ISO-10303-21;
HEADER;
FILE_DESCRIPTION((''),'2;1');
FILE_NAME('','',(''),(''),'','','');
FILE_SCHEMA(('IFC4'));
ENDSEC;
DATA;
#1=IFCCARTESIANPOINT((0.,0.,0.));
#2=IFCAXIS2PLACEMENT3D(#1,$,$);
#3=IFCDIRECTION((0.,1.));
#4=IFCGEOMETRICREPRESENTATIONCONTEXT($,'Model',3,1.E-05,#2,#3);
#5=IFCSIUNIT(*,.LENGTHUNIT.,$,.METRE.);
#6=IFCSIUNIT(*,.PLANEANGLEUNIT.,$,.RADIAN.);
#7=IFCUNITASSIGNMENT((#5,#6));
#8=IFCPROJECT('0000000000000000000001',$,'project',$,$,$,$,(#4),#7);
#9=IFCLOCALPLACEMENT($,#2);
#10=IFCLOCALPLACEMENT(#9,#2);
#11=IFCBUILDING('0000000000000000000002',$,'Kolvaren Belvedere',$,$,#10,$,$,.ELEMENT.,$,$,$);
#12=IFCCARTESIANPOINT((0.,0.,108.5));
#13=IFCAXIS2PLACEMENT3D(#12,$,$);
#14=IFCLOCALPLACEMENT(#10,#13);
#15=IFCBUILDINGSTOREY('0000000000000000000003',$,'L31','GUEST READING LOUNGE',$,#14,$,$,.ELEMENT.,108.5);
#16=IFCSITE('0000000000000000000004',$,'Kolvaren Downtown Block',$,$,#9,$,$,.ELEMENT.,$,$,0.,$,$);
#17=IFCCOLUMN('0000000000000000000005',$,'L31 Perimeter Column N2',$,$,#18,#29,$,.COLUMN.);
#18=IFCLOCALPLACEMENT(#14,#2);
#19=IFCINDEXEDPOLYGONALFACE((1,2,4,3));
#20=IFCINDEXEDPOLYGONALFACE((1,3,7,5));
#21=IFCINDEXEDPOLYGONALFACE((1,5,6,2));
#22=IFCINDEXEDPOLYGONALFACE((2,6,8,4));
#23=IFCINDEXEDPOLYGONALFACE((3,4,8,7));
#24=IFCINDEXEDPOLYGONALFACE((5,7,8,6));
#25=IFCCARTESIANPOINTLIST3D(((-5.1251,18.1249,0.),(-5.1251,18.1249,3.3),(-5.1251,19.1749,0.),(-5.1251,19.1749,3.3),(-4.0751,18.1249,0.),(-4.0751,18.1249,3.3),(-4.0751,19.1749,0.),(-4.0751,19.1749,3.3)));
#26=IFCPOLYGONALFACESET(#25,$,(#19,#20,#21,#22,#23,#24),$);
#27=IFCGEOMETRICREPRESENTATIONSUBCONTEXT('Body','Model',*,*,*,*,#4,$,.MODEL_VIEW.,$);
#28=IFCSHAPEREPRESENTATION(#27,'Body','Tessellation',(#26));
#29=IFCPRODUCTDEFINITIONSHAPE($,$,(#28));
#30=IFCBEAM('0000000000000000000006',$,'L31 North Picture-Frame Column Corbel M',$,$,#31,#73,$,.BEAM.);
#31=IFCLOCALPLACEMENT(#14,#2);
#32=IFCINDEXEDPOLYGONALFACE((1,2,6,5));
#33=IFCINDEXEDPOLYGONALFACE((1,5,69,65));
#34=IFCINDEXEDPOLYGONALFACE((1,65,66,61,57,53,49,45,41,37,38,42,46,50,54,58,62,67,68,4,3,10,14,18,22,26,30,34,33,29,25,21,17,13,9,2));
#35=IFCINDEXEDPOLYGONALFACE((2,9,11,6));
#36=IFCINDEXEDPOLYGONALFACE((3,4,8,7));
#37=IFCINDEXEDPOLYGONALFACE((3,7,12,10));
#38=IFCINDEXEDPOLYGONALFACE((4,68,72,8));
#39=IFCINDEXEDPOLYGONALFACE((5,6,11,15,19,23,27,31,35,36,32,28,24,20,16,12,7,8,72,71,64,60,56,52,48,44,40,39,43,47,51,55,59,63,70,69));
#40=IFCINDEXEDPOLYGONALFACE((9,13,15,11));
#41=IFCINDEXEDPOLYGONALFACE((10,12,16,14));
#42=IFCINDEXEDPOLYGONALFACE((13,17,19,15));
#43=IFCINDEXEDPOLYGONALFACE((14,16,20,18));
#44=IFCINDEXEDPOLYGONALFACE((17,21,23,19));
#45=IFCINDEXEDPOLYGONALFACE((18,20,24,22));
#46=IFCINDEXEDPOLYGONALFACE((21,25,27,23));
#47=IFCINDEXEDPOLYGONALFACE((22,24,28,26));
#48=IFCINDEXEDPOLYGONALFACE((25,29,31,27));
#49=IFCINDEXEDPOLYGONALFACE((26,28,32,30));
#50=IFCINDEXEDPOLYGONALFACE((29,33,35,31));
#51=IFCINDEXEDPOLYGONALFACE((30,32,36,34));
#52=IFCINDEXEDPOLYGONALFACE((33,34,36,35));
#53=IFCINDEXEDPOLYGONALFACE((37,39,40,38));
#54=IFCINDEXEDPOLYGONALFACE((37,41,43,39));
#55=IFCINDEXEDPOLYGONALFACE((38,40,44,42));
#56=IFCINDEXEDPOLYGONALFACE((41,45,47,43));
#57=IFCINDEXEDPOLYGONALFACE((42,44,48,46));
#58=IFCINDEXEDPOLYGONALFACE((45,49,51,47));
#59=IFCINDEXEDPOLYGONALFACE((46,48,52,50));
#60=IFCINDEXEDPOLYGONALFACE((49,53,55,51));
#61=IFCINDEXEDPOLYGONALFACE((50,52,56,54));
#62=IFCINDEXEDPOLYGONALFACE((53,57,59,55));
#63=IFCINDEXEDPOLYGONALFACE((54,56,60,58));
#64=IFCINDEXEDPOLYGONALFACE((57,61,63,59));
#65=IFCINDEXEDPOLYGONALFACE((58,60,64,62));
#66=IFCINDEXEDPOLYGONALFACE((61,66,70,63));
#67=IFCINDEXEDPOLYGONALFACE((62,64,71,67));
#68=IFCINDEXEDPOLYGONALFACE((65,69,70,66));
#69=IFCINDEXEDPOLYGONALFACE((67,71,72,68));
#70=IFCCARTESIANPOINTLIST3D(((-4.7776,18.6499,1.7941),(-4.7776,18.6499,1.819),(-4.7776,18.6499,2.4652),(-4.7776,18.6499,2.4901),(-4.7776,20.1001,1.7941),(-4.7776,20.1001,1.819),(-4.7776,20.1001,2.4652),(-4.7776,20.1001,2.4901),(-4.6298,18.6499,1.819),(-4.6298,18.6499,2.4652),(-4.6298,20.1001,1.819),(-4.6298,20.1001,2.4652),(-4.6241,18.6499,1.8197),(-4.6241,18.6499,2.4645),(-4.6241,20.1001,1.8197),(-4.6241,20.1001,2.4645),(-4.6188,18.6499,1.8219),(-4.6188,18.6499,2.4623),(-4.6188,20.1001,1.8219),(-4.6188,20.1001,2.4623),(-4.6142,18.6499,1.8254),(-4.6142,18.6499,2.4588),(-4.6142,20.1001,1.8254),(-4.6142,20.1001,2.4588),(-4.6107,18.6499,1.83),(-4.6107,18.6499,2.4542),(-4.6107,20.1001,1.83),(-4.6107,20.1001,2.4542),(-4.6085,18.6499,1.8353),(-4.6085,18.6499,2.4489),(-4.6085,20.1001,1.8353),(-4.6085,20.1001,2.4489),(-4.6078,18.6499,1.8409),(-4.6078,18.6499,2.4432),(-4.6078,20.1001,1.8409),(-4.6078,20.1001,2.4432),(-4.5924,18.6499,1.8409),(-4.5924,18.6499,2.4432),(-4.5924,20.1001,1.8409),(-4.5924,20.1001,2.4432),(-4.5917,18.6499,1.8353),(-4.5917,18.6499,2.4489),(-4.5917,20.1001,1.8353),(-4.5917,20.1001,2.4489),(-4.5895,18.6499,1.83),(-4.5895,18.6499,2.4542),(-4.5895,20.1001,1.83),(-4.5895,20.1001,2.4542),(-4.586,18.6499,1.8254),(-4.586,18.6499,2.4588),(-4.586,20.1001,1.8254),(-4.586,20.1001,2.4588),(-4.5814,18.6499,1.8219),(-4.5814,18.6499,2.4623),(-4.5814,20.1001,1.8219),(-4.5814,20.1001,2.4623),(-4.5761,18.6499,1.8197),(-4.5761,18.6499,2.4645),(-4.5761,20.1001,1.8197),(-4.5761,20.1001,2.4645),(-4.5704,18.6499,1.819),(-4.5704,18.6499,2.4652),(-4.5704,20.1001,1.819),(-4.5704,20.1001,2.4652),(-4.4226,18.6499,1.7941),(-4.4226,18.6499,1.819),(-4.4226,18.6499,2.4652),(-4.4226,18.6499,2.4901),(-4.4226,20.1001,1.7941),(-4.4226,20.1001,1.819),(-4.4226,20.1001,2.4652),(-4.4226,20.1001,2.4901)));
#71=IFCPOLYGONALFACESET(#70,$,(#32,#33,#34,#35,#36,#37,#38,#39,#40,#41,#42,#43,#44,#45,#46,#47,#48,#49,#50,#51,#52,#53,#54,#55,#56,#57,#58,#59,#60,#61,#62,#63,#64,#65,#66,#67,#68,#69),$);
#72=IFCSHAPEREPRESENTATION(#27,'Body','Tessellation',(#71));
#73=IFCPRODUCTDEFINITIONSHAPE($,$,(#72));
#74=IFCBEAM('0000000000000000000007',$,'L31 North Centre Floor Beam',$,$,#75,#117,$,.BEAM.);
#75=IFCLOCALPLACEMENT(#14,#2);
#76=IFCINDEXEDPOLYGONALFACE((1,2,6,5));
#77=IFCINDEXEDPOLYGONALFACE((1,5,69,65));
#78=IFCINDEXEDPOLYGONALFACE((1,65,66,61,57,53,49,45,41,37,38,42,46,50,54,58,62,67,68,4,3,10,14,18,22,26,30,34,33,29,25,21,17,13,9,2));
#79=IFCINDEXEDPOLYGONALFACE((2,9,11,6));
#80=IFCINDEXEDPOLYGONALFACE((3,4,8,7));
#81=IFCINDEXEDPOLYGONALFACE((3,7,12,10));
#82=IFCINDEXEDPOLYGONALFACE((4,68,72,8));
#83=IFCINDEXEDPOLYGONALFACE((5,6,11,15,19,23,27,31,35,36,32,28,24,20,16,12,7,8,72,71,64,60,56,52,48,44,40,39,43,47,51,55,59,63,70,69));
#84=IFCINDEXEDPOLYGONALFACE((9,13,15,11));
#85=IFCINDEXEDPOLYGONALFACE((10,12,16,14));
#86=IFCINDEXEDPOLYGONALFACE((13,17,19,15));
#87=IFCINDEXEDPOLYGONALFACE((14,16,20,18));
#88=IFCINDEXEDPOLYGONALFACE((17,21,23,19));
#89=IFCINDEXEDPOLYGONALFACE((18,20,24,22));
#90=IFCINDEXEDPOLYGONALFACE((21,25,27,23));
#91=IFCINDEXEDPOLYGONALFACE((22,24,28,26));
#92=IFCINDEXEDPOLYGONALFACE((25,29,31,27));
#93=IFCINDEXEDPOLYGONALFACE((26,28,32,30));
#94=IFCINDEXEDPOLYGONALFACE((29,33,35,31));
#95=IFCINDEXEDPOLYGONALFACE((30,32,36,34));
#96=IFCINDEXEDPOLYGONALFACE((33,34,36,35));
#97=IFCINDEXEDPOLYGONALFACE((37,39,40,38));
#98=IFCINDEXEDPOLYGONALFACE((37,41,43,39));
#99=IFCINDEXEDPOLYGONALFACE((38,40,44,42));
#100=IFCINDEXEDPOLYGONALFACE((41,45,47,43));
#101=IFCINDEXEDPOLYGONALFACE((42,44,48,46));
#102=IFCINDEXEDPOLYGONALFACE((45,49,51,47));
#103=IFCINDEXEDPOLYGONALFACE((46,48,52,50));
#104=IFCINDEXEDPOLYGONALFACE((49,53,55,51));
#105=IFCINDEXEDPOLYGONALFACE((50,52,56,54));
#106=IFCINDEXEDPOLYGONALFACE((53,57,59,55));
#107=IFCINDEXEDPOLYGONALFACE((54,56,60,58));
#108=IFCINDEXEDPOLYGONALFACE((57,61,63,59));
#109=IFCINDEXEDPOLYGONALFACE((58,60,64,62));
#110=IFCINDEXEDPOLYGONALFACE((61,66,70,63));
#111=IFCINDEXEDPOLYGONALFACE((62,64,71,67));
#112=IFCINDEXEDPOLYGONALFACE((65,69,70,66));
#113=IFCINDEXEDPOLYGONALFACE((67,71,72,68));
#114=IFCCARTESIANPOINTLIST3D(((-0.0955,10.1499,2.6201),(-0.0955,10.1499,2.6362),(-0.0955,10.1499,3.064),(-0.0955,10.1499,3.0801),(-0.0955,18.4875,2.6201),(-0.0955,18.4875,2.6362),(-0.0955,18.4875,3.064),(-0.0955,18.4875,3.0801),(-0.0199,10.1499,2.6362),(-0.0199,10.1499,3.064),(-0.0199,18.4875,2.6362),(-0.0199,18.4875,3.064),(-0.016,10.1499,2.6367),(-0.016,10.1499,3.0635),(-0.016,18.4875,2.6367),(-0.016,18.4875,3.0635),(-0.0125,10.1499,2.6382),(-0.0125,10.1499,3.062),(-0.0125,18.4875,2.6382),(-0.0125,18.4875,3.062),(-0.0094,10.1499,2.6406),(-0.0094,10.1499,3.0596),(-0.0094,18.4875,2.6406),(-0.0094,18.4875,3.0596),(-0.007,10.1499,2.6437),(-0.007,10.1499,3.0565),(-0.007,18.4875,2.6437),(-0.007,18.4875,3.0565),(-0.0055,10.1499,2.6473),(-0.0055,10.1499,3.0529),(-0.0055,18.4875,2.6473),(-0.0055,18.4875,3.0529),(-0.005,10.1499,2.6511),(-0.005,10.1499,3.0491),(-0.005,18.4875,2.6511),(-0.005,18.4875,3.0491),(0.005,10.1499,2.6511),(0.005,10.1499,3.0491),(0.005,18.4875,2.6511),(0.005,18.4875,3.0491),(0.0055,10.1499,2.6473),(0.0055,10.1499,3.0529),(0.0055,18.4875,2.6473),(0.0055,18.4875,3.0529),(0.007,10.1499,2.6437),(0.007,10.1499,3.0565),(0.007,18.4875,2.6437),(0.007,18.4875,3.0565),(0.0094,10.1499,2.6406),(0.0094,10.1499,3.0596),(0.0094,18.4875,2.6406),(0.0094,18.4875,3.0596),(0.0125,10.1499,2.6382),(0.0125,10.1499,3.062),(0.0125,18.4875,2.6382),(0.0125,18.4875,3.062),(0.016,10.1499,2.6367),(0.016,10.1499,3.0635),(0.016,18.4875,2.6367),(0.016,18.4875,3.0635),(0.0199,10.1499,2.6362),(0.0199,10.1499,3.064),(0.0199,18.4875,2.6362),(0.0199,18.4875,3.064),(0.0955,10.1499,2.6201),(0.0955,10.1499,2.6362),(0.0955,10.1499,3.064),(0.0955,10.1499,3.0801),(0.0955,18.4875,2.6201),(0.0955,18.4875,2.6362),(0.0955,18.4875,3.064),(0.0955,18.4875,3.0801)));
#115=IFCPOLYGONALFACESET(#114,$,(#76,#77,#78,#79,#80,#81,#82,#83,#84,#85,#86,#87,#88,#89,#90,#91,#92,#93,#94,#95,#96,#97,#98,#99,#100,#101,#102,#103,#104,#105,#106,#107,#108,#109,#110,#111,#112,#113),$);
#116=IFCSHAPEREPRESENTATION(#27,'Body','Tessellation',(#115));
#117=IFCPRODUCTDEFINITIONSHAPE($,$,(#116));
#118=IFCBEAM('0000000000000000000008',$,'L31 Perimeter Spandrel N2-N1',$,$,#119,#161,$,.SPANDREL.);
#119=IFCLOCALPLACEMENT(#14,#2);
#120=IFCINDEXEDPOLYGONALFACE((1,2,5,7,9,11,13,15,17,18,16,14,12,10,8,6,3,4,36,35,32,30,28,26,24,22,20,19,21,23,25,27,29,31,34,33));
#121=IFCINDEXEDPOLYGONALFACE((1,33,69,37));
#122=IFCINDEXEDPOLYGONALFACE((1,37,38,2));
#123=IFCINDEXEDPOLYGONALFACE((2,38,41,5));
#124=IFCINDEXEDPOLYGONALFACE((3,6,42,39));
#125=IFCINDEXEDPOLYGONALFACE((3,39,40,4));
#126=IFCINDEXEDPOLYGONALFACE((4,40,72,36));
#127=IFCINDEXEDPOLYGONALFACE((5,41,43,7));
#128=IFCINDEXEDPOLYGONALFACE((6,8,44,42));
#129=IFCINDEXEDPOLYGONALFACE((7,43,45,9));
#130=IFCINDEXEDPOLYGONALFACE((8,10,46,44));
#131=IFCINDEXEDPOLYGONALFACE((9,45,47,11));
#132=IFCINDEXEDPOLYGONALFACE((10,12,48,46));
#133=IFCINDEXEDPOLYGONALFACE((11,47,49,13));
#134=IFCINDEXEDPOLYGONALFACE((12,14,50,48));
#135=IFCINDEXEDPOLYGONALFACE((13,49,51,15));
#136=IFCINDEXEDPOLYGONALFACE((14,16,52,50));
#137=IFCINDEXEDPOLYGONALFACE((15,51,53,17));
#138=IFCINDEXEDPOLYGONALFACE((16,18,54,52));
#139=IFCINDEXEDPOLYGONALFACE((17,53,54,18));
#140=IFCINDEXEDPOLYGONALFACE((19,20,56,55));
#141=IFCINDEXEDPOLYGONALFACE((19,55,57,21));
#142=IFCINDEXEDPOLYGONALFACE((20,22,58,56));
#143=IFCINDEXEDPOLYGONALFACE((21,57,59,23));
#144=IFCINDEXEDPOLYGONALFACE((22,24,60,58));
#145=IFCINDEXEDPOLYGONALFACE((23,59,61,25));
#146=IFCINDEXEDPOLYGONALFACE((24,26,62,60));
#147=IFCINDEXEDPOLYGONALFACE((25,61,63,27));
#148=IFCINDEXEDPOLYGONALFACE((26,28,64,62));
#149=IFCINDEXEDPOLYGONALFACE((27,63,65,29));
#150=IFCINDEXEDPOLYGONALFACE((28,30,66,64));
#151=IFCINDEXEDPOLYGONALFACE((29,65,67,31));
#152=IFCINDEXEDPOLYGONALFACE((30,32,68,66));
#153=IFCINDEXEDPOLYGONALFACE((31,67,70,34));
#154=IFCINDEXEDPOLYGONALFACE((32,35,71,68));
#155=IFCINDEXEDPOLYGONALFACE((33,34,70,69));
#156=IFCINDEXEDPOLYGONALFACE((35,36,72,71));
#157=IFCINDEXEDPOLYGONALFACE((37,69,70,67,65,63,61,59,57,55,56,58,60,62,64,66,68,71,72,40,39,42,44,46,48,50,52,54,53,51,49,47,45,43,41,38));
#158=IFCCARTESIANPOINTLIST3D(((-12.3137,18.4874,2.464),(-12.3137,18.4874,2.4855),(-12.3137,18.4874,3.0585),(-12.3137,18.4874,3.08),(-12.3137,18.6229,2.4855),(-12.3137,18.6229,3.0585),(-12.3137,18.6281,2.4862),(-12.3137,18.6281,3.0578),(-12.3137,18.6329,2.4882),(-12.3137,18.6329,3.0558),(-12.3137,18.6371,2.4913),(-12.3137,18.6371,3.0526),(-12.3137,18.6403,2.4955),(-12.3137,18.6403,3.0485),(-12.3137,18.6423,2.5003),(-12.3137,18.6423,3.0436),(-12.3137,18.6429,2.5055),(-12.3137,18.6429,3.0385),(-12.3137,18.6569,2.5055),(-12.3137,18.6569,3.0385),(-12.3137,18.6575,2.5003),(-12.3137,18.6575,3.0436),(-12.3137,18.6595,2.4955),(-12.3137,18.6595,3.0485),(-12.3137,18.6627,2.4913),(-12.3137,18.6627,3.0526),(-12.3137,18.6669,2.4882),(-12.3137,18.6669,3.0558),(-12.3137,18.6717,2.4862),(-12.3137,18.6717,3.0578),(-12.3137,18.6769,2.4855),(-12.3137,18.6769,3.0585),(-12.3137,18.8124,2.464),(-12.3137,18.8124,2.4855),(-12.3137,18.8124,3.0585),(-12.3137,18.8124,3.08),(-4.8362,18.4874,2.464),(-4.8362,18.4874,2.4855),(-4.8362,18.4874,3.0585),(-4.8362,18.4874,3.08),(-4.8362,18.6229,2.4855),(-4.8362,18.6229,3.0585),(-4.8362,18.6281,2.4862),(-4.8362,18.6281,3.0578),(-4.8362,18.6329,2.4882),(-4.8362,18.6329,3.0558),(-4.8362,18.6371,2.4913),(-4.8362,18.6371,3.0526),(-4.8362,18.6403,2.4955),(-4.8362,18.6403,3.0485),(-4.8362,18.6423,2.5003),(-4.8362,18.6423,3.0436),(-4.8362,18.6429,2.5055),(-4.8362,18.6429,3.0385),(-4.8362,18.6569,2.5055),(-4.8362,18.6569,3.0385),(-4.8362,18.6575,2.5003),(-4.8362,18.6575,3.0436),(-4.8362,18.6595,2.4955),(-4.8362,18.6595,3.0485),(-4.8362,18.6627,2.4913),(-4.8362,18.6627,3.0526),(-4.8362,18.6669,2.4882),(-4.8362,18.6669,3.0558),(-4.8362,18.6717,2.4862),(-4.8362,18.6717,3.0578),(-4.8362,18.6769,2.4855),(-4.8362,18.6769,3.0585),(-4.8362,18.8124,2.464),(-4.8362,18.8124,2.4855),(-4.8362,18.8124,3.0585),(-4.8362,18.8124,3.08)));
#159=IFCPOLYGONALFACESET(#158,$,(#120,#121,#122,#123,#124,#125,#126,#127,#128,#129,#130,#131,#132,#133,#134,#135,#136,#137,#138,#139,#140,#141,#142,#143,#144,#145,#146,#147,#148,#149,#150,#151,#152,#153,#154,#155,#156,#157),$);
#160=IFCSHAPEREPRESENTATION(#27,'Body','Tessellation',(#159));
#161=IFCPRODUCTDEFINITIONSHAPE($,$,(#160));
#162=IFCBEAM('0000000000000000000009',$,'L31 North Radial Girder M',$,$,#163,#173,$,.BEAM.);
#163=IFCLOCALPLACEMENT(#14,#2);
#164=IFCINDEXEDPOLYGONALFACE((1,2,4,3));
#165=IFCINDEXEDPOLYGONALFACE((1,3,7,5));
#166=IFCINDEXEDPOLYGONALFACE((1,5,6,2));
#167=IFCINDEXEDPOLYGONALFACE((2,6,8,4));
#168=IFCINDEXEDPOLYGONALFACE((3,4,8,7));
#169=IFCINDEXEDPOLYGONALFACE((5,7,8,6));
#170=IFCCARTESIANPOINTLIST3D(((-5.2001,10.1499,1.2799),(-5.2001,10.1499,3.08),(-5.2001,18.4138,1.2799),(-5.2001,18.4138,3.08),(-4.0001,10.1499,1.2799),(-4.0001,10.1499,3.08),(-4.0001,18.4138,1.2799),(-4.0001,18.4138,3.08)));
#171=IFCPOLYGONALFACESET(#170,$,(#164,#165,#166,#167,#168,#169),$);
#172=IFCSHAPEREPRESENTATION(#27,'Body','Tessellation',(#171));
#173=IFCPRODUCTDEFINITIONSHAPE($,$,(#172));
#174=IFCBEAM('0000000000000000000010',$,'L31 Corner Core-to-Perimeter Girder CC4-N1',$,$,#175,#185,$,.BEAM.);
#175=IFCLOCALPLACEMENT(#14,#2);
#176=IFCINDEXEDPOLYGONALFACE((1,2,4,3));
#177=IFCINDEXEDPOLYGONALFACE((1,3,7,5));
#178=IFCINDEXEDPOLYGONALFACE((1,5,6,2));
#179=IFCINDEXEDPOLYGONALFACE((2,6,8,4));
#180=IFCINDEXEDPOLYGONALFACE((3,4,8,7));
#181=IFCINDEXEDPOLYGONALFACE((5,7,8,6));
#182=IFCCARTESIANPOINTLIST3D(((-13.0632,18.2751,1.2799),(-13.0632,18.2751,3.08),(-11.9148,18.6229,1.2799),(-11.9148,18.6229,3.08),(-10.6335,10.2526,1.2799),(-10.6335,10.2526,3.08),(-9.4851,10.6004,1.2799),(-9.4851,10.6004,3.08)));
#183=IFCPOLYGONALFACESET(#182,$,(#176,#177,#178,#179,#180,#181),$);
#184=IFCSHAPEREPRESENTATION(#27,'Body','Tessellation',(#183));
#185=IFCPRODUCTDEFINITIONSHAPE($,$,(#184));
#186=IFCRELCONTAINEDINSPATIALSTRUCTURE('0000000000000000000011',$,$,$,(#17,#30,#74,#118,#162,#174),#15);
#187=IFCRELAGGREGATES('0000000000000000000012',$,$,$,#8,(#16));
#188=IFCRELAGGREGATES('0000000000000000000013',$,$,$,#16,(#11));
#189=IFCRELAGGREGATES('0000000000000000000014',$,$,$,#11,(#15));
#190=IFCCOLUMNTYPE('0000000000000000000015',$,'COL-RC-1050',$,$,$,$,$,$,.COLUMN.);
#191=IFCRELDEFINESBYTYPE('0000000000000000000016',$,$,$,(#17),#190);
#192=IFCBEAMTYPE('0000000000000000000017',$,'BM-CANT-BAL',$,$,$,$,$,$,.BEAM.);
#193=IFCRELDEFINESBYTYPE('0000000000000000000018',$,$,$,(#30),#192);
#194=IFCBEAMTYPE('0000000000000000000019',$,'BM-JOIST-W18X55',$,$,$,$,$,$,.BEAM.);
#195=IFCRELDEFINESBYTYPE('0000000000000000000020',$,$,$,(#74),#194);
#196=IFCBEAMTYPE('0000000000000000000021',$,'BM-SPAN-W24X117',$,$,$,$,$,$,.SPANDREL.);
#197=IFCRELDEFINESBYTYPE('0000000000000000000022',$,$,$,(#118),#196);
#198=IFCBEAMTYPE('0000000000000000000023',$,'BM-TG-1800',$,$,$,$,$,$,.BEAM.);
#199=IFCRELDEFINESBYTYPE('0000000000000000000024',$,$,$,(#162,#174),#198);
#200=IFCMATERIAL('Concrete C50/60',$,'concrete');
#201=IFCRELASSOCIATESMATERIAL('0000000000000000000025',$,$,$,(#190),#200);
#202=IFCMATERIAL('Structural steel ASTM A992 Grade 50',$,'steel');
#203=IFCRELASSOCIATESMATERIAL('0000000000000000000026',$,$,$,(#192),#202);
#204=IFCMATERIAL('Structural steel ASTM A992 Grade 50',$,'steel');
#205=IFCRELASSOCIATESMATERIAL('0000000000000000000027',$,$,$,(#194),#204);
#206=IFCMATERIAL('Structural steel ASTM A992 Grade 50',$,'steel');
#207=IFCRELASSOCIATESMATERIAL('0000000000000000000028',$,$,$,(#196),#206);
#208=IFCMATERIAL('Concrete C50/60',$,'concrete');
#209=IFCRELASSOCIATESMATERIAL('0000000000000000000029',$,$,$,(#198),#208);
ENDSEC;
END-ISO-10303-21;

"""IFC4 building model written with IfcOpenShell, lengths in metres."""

from ifc_helpers import new_model, si_unit, direction, frame, origin, origin_2d, place, context, subcontext, project, spatial, rectangle, i_section, extrude, material, material_profile, profile_set, type_object, element, save


model = new_model("IFC4")

# Units and contexts
model_context = context("Model", 3, precision=1e-05, world=origin(), true_north=direction((0.0, 1.0)))
body_context = subcontext(model_context, "Body", "Model", "MODEL_VIEW")
ifc_project = project(units=[si_unit("LENGTHUNIT", "METRE"), si_unit("PLANEANGLEUNIT", "RADIAN")], contexts=[model_context])

# Site, building, storey
site_placement = place(None, origin())
site = spatial("IfcSite", under=ifc_project, at=site_placement, Name="Kolvaren Downtown Block", CompositionType="ELEMENT", RefElevation=0.0)
building_placement = place(site_placement, origin())
building = spatial("IfcBuilding", under=site, at=building_placement, Name="Kolvaren Belvedere", CompositionType="ELEMENT")
storey_placement = place(building_placement, frame((0.0, 0.0, 108.5)))
storey = spatial("IfcBuildingStorey", under=building, at=storey_placement, Name="L31", Description="GUEST READING LOUNGE", CompositionType="ELEMENT", Elevation=108.5)

# Column
ifc_material_1 = material(Name="Concrete C50/60", Category="concrete")
ifc_material_profile_1 = material_profile(ifc_material_1, rectangle(XDim=1.05, YDim=1.05, at=origin_2d()), Name="RC 1050X1050")
ifc_profile_set_1 = profile_set([ifc_material_profile_1], Name="Concrete C50/60")
column_type = type_object("IfcColumnType", Name="COL-RC-1050", PredefinedType="COLUMN", material=ifc_profile_set_1)
column_placement = place(storey_placement, frame((-4.6001, 18.6499, 0.0), z_axis=(0.0, 0.0, 1.0), x_axis=(1.0, 0.0, 0.0)))
element("IfcColumn", 1, at=column_placement, inside=storey, type_object=column_type, Name="L31 Perimeter Column N2", PredefinedType="COLUMN", context=body_context, shape_type="SweptSolid", body=[
    extrude(rectangle(XDim=1.05, YDim=1.05, at=origin_2d()), origin(), (0.0, 0.0, 1.0), 3.3),
])

# Beams
ifc_material_2 = material(Name="Structural steel ASTM A992 Grade 50", Category="steel")
ifc_material_profile_2 = material_profile(ifc_material_2, i_section(OverallWidth=0.355, OverallDepth=0.696, WebThickness=0.0154, FlangeThickness=0.0249, FilletRadius=0.022, at=origin_2d()), Name="W27X146")
ifc_profile_set_2 = profile_set([ifc_material_profile_2], Name="Structural steel ASTM A992 Grade 50")
beam_type_1 = type_object("IfcBeamType", Name="BM-CANT-BAL", PredefinedType="BEAM", material=ifc_profile_set_2)
beam_1_placement = place(storey_placement, frame((-4.6001, 18.6499, 2.1421), z_axis=(0.0, 1.0, 0.0), x_axis=(-1.0, 0.0, 0.0)))
element("IfcBeam", 2, at=beam_1_placement, inside=storey, type_object=beam_type_1, Name="L31 North Picture-Frame Column Corbel M", PredefinedType="BEAM", context=body_context, shape_type="SweptSolid", body=[
    extrude(i_section(OverallWidth=0.355, OverallDepth=0.696, WebThickness=0.0154, FlangeThickness=0.0249, FilletRadius=0.022, at=origin_2d()), origin(), (0.0, 0.0, 1.0), 1.4502),
])
ifc_material_3 = material(Name="Structural steel ASTM A992 Grade 50", Category="steel")
ifc_material_profile_3 = material_profile(ifc_material_3, i_section(OverallWidth=0.1909, OverallDepth=0.46, WebThickness=0.01, FlangeThickness=0.0161, FilletRadius=0.0149, at=origin_2d()), Name="W18X55")
ifc_profile_set_3 = profile_set([ifc_material_profile_3], Name="Structural steel ASTM A992 Grade 50")
beam_type_2 = type_object("IfcBeamType", Name="BM-JOIST-W18X55", PredefinedType="BEAM", material=ifc_profile_set_3)
beam_2_placement = place(storey_placement, frame((0.0, 10.1499, 2.8501), z_axis=(0.0, 1.0, 0.0), x_axis=(-1.0, 0.0, 0.0)))
element("IfcBeam", 3, at=beam_2_placement, inside=storey, type_object=beam_type_2, Name="L31 North Centre Floor Beam", PredefinedType="BEAM", context=body_context, shape_type="SweptSolid", body=[
    extrude(i_section(OverallWidth=0.1909, OverallDepth=0.46, WebThickness=0.01, FlangeThickness=0.0161, FilletRadius=0.0149, at=origin_2d()), origin(), (0.0, 0.0, 1.0), 8.3376),
])
ifc_material_4 = material(Name="Structural steel ASTM A992 Grade 50", Category="steel")
ifc_material_profile_4 = material_profile(ifc_material_4, i_section(OverallWidth=0.325, OverallDepth=0.616, WebThickness=0.0139, FlangeThickness=0.0215, FilletRadius=0.02, at=origin_2d()), Name="W24X117")
ifc_profile_set_4 = profile_set([ifc_material_profile_4], Name="Structural steel ASTM A992 Grade 50")
beam_type_3 = type_object("IfcBeamType", Name="BM-SPAN-W24X117", PredefinedType="SPANDREL", material=ifc_profile_set_4)
beam_3_placement = place(storey_placement, frame((-4.8362, 18.6499, 2.772), z_axis=(-1.0, 0.0, 0.0), x_axis=(0.0, -1.0, 0.0)))
element("IfcBeam", 4, at=beam_3_placement, inside=storey, type_object=beam_type_3, Name="L31 Perimeter Spandrel N2-N1", PredefinedType="SPANDREL", context=body_context, shape_type="SweptSolid", body=[
    extrude(i_section(OverallWidth=0.325, OverallDepth=0.616, WebThickness=0.0139, FlangeThickness=0.0215, FilletRadius=0.02, at=origin_2d()), origin(), (0.0, 0.0, 1.0), 7.4775),
])
ifc_material_5 = material(Name="Concrete C50/60", Category="concrete")
ifc_material_profile_5 = material_profile(ifc_material_5, rectangle(XDim=1.2, YDim=1.8, at=origin_2d()), Name="RC 1200X1800")
ifc_profile_set_5 = profile_set([ifc_material_profile_5], Name="Concrete C50/60")
beam_type_4 = type_object("IfcBeamType", Name="BM-TG-1800", PredefinedType="BEAM", material=ifc_profile_set_5)
beam_4_placement = place(storey_placement, frame((-4.6001, 10.1499, 2.1799), z_axis=(0.0, 1.0, 0.0), x_axis=(-1.0, 0.0, 0.0)))
element("IfcBeam", 5, at=beam_4_placement, inside=storey, type_object=beam_type_4, Name="L31 North Radial Girder M", PredefinedType="BEAM", context=body_context, shape_type="SweptSolid", body=[
    extrude(rectangle(XDim=1.2, YDim=1.8, at=origin_2d()), origin(), (0.0, 0.0, 1.0), 8.2639),
])
for number, where, z_axis, x_axis, name in (
    (6, (-10.0593, 10.4265, 2.1799), (-0.289859, 0.957069, 0.0), (-0.957069, -0.289859, 0.0), "L31 Corner Core-to-Perimeter Girder CC4-N1"),
):
    element("IfcBeam", number, at=place(storey_placement, frame(where, z_axis=z_axis, x_axis=x_axis)), inside=storey, type_object=beam_type_4, Name=name, PredefinedType="BEAM", context=body_context, shape_type="SweptSolid", body=[
        extrude(rectangle(XDim=1.2, YDim=1.8, at=origin_2d()), origin(), (0.0, 0.0, 1.0), 8.3823),
    ])

save(model, "model.ifc")
